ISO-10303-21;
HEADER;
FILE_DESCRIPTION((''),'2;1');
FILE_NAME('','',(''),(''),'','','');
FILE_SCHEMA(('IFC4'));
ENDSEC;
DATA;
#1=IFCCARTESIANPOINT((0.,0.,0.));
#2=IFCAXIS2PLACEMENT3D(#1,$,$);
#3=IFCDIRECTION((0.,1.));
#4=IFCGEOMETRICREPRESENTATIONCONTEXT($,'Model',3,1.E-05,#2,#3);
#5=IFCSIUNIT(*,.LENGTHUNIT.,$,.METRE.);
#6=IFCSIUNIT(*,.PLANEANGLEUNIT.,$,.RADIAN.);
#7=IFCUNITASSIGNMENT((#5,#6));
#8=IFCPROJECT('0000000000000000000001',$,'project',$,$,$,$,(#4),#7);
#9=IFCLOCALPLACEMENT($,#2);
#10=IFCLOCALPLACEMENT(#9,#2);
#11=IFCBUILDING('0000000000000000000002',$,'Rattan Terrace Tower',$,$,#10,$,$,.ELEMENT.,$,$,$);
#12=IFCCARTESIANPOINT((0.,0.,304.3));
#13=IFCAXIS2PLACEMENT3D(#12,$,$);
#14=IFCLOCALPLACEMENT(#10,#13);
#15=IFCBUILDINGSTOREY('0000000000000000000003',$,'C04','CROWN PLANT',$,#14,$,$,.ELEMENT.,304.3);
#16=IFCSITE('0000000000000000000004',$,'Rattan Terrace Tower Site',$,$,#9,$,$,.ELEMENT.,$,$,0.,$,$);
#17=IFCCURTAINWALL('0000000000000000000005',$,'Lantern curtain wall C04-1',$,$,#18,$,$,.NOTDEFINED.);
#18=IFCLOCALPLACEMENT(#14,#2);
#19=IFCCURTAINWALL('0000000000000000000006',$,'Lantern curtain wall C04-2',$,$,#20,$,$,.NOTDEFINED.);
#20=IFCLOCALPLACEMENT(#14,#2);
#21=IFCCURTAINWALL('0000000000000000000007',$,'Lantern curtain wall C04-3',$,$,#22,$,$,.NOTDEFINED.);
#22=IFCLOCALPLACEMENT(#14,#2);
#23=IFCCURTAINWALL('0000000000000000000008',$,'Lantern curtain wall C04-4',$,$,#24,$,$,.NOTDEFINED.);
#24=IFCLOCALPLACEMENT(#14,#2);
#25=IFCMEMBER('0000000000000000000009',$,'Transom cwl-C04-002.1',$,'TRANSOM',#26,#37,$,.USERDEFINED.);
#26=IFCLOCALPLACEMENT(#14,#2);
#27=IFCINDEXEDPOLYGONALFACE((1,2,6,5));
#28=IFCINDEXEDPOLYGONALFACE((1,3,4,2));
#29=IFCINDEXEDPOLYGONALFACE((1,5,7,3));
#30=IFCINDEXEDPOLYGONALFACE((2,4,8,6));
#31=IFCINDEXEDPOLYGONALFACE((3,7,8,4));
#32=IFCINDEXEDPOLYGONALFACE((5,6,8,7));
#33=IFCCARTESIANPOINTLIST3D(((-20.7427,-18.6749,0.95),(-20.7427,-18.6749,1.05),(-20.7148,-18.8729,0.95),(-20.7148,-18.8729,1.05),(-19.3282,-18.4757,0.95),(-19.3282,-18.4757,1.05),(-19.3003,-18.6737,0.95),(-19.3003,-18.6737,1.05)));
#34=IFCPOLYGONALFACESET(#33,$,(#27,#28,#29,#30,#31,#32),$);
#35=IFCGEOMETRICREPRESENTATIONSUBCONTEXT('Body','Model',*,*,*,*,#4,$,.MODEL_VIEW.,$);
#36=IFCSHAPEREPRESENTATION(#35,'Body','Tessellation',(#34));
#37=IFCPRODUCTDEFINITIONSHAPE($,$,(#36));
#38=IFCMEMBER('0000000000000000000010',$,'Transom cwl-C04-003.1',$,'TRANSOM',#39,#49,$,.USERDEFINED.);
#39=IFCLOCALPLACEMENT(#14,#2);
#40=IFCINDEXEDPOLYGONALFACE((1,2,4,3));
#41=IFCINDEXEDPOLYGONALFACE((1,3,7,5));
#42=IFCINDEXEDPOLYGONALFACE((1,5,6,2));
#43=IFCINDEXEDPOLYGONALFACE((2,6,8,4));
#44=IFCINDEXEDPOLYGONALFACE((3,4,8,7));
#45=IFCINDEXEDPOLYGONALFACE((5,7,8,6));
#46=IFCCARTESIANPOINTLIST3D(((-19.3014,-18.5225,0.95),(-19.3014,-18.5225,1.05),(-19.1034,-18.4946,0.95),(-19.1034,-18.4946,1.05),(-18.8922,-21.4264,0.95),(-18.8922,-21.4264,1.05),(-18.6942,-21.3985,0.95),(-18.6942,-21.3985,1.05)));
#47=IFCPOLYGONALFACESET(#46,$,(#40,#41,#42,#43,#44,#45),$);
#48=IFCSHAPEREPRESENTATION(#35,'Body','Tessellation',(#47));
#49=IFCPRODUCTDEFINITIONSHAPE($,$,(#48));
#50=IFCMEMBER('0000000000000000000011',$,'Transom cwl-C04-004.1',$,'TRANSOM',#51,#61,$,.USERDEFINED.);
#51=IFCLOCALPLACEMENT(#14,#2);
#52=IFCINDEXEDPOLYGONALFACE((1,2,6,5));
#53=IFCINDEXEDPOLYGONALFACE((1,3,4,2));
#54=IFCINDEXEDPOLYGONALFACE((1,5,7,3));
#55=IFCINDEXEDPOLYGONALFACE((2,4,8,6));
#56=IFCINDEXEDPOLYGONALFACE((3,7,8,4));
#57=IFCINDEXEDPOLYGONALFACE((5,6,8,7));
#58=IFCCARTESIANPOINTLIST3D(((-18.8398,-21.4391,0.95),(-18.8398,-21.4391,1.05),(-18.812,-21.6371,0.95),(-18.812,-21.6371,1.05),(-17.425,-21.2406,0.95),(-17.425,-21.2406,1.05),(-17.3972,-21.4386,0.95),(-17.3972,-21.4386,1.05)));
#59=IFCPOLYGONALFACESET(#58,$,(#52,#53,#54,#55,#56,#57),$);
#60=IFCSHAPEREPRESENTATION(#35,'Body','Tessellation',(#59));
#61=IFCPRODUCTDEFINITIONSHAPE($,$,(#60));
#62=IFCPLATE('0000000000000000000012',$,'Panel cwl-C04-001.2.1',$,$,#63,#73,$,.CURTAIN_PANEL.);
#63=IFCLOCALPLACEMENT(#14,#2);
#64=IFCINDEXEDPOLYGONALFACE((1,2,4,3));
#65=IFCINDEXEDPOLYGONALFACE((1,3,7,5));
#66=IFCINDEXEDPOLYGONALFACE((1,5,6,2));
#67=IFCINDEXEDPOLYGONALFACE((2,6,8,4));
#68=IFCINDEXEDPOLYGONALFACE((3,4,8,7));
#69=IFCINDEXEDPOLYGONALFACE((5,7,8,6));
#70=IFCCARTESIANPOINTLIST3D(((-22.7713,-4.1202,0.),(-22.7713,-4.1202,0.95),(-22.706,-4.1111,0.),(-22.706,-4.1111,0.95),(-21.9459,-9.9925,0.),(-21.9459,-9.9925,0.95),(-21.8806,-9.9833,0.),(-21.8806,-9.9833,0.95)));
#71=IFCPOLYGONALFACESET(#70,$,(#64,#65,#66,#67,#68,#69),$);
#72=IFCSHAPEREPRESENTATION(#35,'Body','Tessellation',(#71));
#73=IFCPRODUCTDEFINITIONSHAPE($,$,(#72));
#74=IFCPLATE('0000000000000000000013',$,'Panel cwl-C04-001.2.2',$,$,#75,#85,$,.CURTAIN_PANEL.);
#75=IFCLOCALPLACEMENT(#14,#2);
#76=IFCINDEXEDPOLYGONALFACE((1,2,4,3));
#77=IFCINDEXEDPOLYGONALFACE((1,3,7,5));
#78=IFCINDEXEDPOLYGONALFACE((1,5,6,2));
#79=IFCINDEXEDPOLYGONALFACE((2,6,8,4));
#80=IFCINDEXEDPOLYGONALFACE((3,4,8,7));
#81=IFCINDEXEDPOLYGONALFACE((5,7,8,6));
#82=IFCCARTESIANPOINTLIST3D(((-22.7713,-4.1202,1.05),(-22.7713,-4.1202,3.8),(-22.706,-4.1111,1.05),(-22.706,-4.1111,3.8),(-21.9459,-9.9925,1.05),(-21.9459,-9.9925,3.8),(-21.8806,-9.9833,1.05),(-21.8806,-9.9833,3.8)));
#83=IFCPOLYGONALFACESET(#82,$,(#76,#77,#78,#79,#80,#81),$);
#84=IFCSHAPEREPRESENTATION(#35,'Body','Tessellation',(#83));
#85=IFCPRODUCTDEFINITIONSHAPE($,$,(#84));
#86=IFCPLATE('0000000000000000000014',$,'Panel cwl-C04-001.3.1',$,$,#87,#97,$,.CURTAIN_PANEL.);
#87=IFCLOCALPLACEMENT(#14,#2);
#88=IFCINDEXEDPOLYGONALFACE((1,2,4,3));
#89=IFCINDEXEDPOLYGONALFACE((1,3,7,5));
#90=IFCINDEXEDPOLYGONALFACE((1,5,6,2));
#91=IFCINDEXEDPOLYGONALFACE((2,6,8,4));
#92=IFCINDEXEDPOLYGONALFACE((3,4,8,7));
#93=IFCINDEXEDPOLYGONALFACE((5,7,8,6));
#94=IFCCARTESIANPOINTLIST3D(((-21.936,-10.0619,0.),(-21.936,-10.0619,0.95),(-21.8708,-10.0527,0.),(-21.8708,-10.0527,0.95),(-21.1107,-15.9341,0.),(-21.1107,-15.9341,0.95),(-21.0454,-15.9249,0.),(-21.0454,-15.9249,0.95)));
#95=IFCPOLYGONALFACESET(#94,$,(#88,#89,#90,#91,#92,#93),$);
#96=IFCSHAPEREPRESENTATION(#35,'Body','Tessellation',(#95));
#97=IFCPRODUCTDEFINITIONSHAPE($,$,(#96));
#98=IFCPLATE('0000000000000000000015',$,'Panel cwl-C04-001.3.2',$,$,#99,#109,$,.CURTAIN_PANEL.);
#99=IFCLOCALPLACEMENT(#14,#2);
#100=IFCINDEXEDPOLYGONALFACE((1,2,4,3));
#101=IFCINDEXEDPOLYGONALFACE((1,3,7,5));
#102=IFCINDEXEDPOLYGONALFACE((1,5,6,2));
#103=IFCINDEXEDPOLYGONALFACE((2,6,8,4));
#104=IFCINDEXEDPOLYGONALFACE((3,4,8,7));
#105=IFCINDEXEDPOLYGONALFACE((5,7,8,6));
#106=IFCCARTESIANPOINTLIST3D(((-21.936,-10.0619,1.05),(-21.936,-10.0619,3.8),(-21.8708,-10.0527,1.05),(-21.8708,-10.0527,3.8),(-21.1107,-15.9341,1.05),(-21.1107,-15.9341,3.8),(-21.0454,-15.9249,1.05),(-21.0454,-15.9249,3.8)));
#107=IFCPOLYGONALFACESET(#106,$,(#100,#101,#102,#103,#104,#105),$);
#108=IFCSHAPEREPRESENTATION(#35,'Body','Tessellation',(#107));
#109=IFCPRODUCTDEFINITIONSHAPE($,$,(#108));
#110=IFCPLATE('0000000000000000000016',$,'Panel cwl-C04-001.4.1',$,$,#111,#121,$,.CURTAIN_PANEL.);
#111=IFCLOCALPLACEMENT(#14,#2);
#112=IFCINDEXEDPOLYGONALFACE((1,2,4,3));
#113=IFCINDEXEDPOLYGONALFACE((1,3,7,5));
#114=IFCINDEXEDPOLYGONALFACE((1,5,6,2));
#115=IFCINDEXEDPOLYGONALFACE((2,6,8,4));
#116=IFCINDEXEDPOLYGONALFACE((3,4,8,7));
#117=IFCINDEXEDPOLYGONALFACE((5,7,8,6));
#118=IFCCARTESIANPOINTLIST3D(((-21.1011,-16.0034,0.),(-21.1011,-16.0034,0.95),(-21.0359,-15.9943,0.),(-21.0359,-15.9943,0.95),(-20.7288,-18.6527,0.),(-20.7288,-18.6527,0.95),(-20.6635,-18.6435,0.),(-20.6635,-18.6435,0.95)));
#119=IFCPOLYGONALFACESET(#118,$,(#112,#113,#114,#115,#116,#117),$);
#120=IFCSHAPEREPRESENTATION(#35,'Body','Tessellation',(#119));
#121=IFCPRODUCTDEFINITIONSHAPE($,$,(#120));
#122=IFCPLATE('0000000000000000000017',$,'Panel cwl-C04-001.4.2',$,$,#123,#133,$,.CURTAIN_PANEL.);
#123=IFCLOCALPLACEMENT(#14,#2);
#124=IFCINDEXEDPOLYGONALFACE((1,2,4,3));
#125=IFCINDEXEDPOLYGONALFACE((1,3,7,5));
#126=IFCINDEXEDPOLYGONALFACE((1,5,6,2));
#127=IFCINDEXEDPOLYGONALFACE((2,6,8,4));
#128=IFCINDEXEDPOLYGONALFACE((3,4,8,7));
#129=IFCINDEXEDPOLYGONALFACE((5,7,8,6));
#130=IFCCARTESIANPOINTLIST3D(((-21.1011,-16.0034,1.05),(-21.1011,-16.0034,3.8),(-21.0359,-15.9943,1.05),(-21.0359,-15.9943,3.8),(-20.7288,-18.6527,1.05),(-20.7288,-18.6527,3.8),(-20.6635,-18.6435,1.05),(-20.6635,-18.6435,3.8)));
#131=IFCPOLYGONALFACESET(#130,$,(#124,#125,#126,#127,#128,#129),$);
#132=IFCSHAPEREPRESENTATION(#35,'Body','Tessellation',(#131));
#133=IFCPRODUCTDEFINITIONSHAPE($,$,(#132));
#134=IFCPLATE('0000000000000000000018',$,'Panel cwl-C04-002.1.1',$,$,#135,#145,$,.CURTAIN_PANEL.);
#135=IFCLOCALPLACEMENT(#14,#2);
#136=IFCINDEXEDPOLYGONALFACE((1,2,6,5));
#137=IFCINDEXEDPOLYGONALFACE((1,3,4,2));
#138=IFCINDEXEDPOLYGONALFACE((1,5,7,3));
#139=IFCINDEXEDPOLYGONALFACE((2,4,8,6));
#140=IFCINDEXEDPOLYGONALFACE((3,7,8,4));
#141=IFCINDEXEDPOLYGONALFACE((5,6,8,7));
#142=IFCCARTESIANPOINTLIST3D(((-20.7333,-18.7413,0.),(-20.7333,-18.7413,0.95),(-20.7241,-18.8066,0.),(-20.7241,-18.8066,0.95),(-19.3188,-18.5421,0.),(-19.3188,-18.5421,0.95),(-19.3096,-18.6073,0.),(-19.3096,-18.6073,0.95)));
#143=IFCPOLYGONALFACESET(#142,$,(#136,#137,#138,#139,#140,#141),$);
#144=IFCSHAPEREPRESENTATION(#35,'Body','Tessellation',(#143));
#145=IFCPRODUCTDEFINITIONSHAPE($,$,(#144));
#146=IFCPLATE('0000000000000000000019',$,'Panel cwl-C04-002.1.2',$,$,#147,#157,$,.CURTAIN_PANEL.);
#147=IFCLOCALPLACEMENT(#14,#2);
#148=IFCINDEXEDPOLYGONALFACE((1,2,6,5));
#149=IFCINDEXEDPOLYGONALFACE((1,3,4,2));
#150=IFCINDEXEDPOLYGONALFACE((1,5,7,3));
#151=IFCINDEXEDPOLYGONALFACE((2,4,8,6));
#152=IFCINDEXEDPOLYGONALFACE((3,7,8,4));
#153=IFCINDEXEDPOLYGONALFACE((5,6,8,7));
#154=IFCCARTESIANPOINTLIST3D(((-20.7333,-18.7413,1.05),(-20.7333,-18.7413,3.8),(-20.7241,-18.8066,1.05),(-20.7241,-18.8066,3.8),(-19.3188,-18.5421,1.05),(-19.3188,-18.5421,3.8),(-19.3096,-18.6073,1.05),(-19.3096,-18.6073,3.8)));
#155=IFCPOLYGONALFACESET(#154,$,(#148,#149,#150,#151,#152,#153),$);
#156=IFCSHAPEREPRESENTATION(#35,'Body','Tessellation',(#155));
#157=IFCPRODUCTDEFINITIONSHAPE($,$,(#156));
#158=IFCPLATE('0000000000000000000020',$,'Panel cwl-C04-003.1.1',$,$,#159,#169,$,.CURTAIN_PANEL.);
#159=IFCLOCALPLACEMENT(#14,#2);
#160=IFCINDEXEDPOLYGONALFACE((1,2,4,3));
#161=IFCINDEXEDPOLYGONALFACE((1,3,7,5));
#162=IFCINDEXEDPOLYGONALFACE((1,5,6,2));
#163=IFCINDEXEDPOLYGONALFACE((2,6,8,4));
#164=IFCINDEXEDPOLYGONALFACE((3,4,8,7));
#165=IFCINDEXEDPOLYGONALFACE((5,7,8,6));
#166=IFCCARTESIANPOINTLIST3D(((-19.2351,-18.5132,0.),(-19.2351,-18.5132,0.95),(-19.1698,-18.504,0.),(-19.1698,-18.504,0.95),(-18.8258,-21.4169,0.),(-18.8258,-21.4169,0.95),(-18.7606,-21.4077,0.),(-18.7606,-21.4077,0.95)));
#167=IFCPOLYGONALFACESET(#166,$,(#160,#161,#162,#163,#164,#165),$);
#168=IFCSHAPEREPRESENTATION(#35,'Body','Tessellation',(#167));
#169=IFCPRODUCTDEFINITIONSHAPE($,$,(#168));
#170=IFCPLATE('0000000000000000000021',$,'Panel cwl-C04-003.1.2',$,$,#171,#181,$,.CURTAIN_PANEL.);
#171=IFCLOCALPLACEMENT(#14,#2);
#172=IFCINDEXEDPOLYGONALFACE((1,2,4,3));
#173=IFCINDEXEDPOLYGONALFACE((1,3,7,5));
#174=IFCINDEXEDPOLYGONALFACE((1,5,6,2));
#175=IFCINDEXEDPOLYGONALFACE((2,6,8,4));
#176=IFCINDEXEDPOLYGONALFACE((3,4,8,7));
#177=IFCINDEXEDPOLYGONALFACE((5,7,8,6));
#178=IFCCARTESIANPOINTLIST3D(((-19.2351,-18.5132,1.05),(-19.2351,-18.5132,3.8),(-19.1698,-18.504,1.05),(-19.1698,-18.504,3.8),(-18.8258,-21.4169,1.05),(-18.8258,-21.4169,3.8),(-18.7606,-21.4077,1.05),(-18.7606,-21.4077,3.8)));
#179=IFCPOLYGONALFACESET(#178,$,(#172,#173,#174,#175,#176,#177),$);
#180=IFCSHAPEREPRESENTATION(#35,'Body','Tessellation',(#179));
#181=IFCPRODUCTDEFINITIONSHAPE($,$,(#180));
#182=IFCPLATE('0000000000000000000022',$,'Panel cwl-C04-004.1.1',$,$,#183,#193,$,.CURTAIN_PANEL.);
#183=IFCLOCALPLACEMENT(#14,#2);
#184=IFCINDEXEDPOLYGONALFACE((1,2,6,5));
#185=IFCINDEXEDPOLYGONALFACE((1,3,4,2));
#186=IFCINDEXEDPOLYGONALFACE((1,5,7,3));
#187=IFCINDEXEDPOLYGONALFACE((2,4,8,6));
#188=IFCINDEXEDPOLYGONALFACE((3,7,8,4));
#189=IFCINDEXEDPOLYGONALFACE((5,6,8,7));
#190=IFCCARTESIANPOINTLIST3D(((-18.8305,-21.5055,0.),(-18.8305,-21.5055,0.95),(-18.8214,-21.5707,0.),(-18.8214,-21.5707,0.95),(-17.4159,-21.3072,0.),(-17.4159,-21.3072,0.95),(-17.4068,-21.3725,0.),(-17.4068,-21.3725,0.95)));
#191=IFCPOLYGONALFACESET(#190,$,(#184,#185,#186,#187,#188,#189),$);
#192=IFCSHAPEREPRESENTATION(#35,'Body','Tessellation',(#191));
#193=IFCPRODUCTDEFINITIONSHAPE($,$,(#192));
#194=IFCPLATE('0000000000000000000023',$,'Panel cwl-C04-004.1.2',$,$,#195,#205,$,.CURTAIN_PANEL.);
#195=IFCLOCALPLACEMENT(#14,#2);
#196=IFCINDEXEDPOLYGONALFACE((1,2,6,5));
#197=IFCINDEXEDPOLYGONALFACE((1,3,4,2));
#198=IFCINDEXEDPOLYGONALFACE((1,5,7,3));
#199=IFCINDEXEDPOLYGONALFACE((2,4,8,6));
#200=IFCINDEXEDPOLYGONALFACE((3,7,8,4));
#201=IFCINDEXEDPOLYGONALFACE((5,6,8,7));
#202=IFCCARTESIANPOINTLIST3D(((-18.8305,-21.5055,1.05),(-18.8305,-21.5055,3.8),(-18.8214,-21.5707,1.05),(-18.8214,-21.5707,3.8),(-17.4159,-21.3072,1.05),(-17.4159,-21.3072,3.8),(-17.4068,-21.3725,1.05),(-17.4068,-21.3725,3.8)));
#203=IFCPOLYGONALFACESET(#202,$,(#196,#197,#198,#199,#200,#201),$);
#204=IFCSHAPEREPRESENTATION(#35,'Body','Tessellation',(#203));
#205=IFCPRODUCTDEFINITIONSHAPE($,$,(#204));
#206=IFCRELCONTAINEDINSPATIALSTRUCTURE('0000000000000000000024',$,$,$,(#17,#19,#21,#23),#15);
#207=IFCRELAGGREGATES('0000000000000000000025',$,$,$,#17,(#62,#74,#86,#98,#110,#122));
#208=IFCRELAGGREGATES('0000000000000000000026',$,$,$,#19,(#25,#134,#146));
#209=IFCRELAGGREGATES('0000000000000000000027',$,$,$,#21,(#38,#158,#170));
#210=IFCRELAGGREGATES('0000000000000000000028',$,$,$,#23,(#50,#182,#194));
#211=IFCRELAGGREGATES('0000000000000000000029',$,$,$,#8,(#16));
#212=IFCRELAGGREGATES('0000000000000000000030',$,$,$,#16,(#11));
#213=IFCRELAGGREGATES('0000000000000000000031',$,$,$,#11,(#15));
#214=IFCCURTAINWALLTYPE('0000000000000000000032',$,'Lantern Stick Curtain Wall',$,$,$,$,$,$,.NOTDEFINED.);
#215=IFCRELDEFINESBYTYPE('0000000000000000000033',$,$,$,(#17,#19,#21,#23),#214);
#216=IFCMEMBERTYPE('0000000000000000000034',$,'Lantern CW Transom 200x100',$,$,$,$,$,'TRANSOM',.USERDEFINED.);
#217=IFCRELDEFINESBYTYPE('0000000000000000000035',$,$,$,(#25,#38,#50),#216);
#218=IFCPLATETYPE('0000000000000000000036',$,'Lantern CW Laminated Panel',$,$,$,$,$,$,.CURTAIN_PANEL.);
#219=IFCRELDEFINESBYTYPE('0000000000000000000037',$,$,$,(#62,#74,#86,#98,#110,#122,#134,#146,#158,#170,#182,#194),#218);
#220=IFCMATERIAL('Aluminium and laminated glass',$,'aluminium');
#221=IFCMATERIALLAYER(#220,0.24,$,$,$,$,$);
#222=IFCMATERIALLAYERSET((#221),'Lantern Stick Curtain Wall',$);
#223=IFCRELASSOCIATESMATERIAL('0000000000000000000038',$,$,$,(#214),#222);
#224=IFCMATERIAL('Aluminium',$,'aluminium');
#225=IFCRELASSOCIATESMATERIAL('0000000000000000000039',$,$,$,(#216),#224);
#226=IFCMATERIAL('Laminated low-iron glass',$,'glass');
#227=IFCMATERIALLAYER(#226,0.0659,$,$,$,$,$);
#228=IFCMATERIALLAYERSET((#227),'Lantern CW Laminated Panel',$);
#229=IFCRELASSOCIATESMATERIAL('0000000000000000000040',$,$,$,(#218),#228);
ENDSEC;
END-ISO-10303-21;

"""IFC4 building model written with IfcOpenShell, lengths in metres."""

from ifc_helpers import new_model, si_unit, direction, frame, origin, origin_2d, place, context, subcontext, project, spatial, rectangle, extrude, material, layer, layer_set, material_profile, profile_set, type_object, element, aggregate, save


model = new_model("IFC4")

# Units and contexts
model_context = context("Model", 3, precision=1e-05, world=origin(), true_north=direction((0.0, 1.0)))
body_context = subcontext(model_context, "Body", "Model", "MODEL_VIEW")
ifc_project = project(units=[si_unit("LENGTHUNIT", "METRE"), si_unit("PLANEANGLEUNIT", "RADIAN")], contexts=[model_context])

# Site, building, storey
site_placement = place(None, origin())
site = spatial("IfcSite", under=ifc_project, at=site_placement, Name="Rattan Terrace Tower Site", CompositionType="ELEMENT", RefElevation=0.0)
building_placement = place(site_placement, origin())
building = spatial("IfcBuilding", under=site, at=building_placement, Name="Rattan Terrace Tower", CompositionType="ELEMENT")
storey_placement = place(building_placement, frame((0.0, 0.0, 304.3)))
storey = spatial("IfcBuildingStorey", under=building, at=storey_placement, Name="C04", Description="CROWN PLANT", CompositionType="ELEMENT", Elevation=304.3)

# Curtain wall
ifc_material_1 = material(Name="Aluminium and laminated glass", Category="aluminium")
ifc_layer_1 = layer(ifc_material_1, 0.24)
ifc_layer_set_1 = layer_set([ifc_layer_1], Name="Lantern Stick Curtain Wall")
curtain_wall_type = type_object("IfcCurtainWallType", Name="Lantern Stick Curtain Wall", PredefinedType="NOTDEFINED", material=ifc_layer_set_1)
curtain_wall_1_placement = place(storey_placement, origin())
curtain_wall_1 = element("IfcCurtainWall", 1, at=curtain_wall_1_placement, inside=storey, type_object=curtain_wall_type, Name="Lantern curtain wall C04-1", PredefinedType="NOTDEFINED")

# Curtain walls
curtain_wall_2_placement = place(storey_placement, origin())
curtain_wall_2 = element("IfcCurtainWall", 2, at=curtain_wall_2_placement, inside=storey, type_object=curtain_wall_type, Name="Lantern curtain wall C04-2", PredefinedType="NOTDEFINED")
curtain_wall_3_placement = place(storey_placement, origin())
curtain_wall_3 = element("IfcCurtainWall", 3, at=curtain_wall_3_placement, inside=storey, type_object=curtain_wall_type, Name="Lantern curtain wall C04-3", PredefinedType="NOTDEFINED")
curtain_wall_4_placement = place(storey_placement, origin())
curtain_wall_4 = element("IfcCurtainWall", 4, at=curtain_wall_4_placement, inside=storey, type_object=curtain_wall_type, Name="Lantern curtain wall C04-4", PredefinedType="NOTDEFINED")

# Members
ifc_material_2 = material(Name="Aluminium", Category="aluminium")
ifc_material_profile_1 = material_profile(ifc_material_2, rectangle(XDim=0.2, YDim=0.1001, at=origin_2d()), Name="Aluminium 200x100")
ifc_profile_set_1 = profile_set([ifc_material_profile_1], Name="Aluminium")
member_type_1 = type_object("IfcMemberType", Name="Lantern CW Transom 200x100", ElementType="TRANSOM", PredefinedType="USERDEFINED", material=ifc_profile_set_1)
member_1_placement = place(storey_placement, frame((-20.7288, -18.7739, 1.0), z_axis=(0.990228, 0.139459, 0.0), x_axis=(-0.139459, 0.990228, 0.0)))
member_1 = element("IfcMember", 5, at=member_1_placement, type_object=member_type_1, Name="Transom cwl-C04-002.1", ObjectType="TRANSOM", PredefinedType="USERDEFINED", context=body_context, shape_type="SweptSolid", body=[
    extrude(rectangle(XDim=0.2, YDim=0.1001, at=origin_2d()), origin(), (0.0, 0.0, 1.0), 1.4285),
])
member_2_placement = place(storey_placement, frame((-19.2024, -18.5085, 1.0), z_axis=(0.139533, -0.990217, 0.0), x_axis=(0.990217, 0.139533, 0.0)))
member_2 = element("IfcMember", 6, at=member_2_placement, type_object=member_type_1, Name="Transom cwl-C04-003.1", ObjectType="TRANSOM", PredefinedType="USERDEFINED", context=body_context, shape_type="SweptSolid", body=[
    extrude(rectangle(XDim=0.2, YDim=0.1001, at=origin_2d()), origin(), (0.0, 0.0, 1.0), 2.9326),
])
member_3_placement = place(storey_placement, frame((-18.8259, -21.5381, 1.0), z_axis=(0.990302, 0.138933, 0.0), x_axis=(-0.138933, 0.990302, 0.0)))
member_3 = element("IfcMember", 7, at=member_3_placement, type_object=member_type_1, Name="Transom cwl-C04-004.1", ObjectType="TRANSOM", PredefinedType="USERDEFINED", context=body_context, shape_type="SweptSolid", body=[
    extrude(rectangle(XDim=0.2, YDim=0.1001, at=origin_2d()), origin(), (0.0, 0.0, 1.0), 1.4287),
])

# Plates
ifc_material_3 = material(Name="Laminated low-iron glass", Category="glass")
ifc_layer_2 = layer(ifc_material_3, 0.0659)
ifc_layer_set_2 = layer_set([ifc_layer_2], Name="Lantern CW Laminated Panel")
plate_type = type_object("IfcPlateType", Name="Lantern CW Laminated Panel", PredefinedType="CURTAIN_PANEL", material=ifc_layer_set_2)
plate_1_placement = place(storey_placement, frame((-22.3259, -7.0518, 0.0), z_axis=(0.0, 0.0, 1.0), x_axis=(0.139188, -0.990266, 0.0)))
plate_1 = element("IfcPlate", 8, at=plate_1_placement, type_object=plate_type, Name="Panel cwl-C04-001.2.1", PredefinedType="CURTAIN_PANEL", context=body_context, shape_type="SweptSolid", body=[
    extrude(rectangle(XDim=5.9299, YDim=0.0659, at=origin_2d()), origin(), (0.0, 0.0, 1.0), 0.95),
])
plate_2_placement = place(storey_placement, frame((-22.3259, -7.0518, 1.05), z_axis=(0.0, 0.0, 1.0), x_axis=(0.139188, -0.990266, 0.0)))
plate_2 = element("IfcPlate", 9, at=plate_2_placement, type_object=plate_type, Name="Panel cwl-C04-001.2.2", PredefinedType="CURTAIN_PANEL", context=body_context, shape_type="SweptSolid", body=[
    extrude(rectangle(XDim=5.9299, YDim=0.0659, at=origin_2d()), origin(), (0.0, 0.0, 1.0), 2.75),
])
plate_3_placement = place(storey_placement, frame((-21.4907, -12.9934, 0.0), z_axis=(0.0, 0.0, 1.0), x_axis=(0.139188, -0.990266, 0.0)))
plate_3 = element("IfcPlate", 10, at=plate_3_placement, type_object=plate_type, Name="Panel cwl-C04-001.3.1", PredefinedType="CURTAIN_PANEL", context=body_context, shape_type="SweptSolid", body=[
    extrude(rectangle(XDim=5.9299, YDim=0.0659, at=origin_2d()), origin(), (0.0, 0.0, 1.0), 0.95),
])
plate_4_placement = place(storey_placement, frame((-21.4907, -12.9934, 1.05), z_axis=(0.0, 0.0, 1.0), x_axis=(0.139188, -0.990266, 0.0)))
plate_4 = element("IfcPlate", 11, at=plate_4_placement, type_object=plate_type, Name="Panel cwl-C04-001.3.2", PredefinedType="CURTAIN_PANEL", context=body_context, shape_type="SweptSolid", body=[
    extrude(rectangle(XDim=5.9299, YDim=0.0659, at=origin_2d()), origin(), (0.0, 0.0, 1.0), 2.75),
])
plate_5_placement = place(storey_placement, frame((-20.8823, -17.3235, 0.0), z_axis=(0.0, 0.0, 1.0), x_axis=(0.139188, -0.990266, 0.0)))
plate_5 = element("IfcPlate", 12, at=plate_5_placement, type_object=plate_type, Name="Panel cwl-C04-001.4.1", PredefinedType="CURTAIN_PANEL", context=body_context, shape_type="SweptSolid", body=[
    extrude(rectangle(XDim=2.6753, YDim=0.0659, at=origin_2d()), origin(), (0.0, 0.0, 1.0), 0.95),
])
plate_6_placement = place(storey_placement, frame((-20.8823, -17.3235, 1.05), z_axis=(0.0, 0.0, 1.0), x_axis=(0.139188, -0.990266, 0.0)))
plate_6 = element("IfcPlate", 13, at=plate_6_placement, type_object=plate_type, Name="Panel cwl-C04-001.4.2", PredefinedType="CURTAIN_PANEL", context=body_context, shape_type="SweptSolid", body=[
    extrude(rectangle(XDim=2.6753, YDim=0.0659, at=origin_2d()), origin(), (0.0, 0.0, 1.0), 2.75),
])
aggregate(curtain_wall_1, [plate_1, plate_2, plate_3, plate_4, plate_5, plate_6])
plate_7_placement = place(storey_placement, frame((-20.0215, -18.6743, 0.0), z_axis=(0.0, 0.0, 1.0), x_axis=(0.990228, 0.139459, 0.0)))
plate_7 = element("IfcPlate", 14, at=plate_7_placement, type_object=plate_type, Name="Panel cwl-C04-002.1.1", PredefinedType="CURTAIN_PANEL", context=body_context, shape_type="SweptSolid", body=[
    extrude(rectangle(XDim=1.4285, YDim=0.0659, at=origin_2d()), origin(), (0.0, 0.0, 1.0), 0.95),
])
plate_8_placement = place(storey_placement, frame((-20.0215, -18.6743, 1.05), z_axis=(0.0, 0.0, 1.0), x_axis=(0.990228, 0.139459, 0.0)))
plate_8 = element("IfcPlate", 15, at=plate_8_placement, type_object=plate_type, Name="Panel cwl-C04-002.1.2", PredefinedType="CURTAIN_PANEL", context=body_context, shape_type="SweptSolid", body=[
    extrude(rectangle(XDim=1.4285, YDim=0.0659, at=origin_2d()), origin(), (0.0, 0.0, 1.0), 2.75),
])
aggregate(curtain_wall_2, [member_1, plate_7, plate_8])
plate_9_placement = place(storey_placement, frame((-18.9978, -19.9604, 0.0), z_axis=(0.0, 0.0, 1.0), x_axis=(0.139556, -0.990214, 0.0)))
plate_9 = element("IfcPlate", 16, at=plate_9_placement, type_object=plate_type, Name="Panel cwl-C04-003.1.1", PredefinedType="CURTAIN_PANEL", context=body_context, shape_type="SweptSolid", body=[
    extrude(rectangle(XDim=2.9324, YDim=0.0659, at=origin_2d()), origin(), (0.0, 0.0, 1.0), 0.95),
])
plate_10_placement = place(storey_placement, frame((-18.9978, -19.9604, 1.05), z_axis=(0.0, 0.0, 1.0), x_axis=(0.139556, -0.990214, 0.0)))
plate_10 = element("IfcPlate", 17, at=plate_10_placement, type_object=plate_type, Name="Panel cwl-C04-003.1.2", PredefinedType="CURTAIN_PANEL", context=body_context, shape_type="SweptSolid", body=[
    extrude(rectangle(XDim=2.9324, YDim=0.0659, at=origin_2d()), origin(), (0.0, 0.0, 1.0), 2.75),
])
aggregate(curtain_wall_3, [member_2, plate_9, plate_10])
plate_11_placement = place(storey_placement, frame((-18.1187, -21.439, 0.0), z_axis=(0.0, 0.0, 1.0), x_axis=(0.99032, 0.138805, 0.0)))
plate_11 = element("IfcPlate", 18, at=plate_11_placement, type_object=plate_type, Name="Panel cwl-C04-004.1.1", PredefinedType="CURTAIN_PANEL", context=body_context, shape_type="SweptSolid", body=[
    extrude(rectangle(XDim=1.4285, YDim=0.0659, at=origin_2d()), origin(), (0.0, 0.0, 1.0), 0.95),
])
plate_12_placement = place(storey_placement, frame((-18.1187, -21.439, 1.05), z_axis=(0.0, 0.0, 1.0), x_axis=(0.99032, 0.138805, 0.0)))
plate_12 = element("IfcPlate", 19, at=plate_12_placement, type_object=plate_type, Name="Panel cwl-C04-004.1.2", PredefinedType="CURTAIN_PANEL", context=body_context, shape_type="SweptSolid", body=[
    extrude(rectangle(XDim=1.4285, YDim=0.0659, at=origin_2d()), origin(), (0.0, 0.0, 1.0), 2.75),
])
aggregate(curtain_wall_4, [member_3, plate_11, plate_12])

save(model, "model.ifc")
